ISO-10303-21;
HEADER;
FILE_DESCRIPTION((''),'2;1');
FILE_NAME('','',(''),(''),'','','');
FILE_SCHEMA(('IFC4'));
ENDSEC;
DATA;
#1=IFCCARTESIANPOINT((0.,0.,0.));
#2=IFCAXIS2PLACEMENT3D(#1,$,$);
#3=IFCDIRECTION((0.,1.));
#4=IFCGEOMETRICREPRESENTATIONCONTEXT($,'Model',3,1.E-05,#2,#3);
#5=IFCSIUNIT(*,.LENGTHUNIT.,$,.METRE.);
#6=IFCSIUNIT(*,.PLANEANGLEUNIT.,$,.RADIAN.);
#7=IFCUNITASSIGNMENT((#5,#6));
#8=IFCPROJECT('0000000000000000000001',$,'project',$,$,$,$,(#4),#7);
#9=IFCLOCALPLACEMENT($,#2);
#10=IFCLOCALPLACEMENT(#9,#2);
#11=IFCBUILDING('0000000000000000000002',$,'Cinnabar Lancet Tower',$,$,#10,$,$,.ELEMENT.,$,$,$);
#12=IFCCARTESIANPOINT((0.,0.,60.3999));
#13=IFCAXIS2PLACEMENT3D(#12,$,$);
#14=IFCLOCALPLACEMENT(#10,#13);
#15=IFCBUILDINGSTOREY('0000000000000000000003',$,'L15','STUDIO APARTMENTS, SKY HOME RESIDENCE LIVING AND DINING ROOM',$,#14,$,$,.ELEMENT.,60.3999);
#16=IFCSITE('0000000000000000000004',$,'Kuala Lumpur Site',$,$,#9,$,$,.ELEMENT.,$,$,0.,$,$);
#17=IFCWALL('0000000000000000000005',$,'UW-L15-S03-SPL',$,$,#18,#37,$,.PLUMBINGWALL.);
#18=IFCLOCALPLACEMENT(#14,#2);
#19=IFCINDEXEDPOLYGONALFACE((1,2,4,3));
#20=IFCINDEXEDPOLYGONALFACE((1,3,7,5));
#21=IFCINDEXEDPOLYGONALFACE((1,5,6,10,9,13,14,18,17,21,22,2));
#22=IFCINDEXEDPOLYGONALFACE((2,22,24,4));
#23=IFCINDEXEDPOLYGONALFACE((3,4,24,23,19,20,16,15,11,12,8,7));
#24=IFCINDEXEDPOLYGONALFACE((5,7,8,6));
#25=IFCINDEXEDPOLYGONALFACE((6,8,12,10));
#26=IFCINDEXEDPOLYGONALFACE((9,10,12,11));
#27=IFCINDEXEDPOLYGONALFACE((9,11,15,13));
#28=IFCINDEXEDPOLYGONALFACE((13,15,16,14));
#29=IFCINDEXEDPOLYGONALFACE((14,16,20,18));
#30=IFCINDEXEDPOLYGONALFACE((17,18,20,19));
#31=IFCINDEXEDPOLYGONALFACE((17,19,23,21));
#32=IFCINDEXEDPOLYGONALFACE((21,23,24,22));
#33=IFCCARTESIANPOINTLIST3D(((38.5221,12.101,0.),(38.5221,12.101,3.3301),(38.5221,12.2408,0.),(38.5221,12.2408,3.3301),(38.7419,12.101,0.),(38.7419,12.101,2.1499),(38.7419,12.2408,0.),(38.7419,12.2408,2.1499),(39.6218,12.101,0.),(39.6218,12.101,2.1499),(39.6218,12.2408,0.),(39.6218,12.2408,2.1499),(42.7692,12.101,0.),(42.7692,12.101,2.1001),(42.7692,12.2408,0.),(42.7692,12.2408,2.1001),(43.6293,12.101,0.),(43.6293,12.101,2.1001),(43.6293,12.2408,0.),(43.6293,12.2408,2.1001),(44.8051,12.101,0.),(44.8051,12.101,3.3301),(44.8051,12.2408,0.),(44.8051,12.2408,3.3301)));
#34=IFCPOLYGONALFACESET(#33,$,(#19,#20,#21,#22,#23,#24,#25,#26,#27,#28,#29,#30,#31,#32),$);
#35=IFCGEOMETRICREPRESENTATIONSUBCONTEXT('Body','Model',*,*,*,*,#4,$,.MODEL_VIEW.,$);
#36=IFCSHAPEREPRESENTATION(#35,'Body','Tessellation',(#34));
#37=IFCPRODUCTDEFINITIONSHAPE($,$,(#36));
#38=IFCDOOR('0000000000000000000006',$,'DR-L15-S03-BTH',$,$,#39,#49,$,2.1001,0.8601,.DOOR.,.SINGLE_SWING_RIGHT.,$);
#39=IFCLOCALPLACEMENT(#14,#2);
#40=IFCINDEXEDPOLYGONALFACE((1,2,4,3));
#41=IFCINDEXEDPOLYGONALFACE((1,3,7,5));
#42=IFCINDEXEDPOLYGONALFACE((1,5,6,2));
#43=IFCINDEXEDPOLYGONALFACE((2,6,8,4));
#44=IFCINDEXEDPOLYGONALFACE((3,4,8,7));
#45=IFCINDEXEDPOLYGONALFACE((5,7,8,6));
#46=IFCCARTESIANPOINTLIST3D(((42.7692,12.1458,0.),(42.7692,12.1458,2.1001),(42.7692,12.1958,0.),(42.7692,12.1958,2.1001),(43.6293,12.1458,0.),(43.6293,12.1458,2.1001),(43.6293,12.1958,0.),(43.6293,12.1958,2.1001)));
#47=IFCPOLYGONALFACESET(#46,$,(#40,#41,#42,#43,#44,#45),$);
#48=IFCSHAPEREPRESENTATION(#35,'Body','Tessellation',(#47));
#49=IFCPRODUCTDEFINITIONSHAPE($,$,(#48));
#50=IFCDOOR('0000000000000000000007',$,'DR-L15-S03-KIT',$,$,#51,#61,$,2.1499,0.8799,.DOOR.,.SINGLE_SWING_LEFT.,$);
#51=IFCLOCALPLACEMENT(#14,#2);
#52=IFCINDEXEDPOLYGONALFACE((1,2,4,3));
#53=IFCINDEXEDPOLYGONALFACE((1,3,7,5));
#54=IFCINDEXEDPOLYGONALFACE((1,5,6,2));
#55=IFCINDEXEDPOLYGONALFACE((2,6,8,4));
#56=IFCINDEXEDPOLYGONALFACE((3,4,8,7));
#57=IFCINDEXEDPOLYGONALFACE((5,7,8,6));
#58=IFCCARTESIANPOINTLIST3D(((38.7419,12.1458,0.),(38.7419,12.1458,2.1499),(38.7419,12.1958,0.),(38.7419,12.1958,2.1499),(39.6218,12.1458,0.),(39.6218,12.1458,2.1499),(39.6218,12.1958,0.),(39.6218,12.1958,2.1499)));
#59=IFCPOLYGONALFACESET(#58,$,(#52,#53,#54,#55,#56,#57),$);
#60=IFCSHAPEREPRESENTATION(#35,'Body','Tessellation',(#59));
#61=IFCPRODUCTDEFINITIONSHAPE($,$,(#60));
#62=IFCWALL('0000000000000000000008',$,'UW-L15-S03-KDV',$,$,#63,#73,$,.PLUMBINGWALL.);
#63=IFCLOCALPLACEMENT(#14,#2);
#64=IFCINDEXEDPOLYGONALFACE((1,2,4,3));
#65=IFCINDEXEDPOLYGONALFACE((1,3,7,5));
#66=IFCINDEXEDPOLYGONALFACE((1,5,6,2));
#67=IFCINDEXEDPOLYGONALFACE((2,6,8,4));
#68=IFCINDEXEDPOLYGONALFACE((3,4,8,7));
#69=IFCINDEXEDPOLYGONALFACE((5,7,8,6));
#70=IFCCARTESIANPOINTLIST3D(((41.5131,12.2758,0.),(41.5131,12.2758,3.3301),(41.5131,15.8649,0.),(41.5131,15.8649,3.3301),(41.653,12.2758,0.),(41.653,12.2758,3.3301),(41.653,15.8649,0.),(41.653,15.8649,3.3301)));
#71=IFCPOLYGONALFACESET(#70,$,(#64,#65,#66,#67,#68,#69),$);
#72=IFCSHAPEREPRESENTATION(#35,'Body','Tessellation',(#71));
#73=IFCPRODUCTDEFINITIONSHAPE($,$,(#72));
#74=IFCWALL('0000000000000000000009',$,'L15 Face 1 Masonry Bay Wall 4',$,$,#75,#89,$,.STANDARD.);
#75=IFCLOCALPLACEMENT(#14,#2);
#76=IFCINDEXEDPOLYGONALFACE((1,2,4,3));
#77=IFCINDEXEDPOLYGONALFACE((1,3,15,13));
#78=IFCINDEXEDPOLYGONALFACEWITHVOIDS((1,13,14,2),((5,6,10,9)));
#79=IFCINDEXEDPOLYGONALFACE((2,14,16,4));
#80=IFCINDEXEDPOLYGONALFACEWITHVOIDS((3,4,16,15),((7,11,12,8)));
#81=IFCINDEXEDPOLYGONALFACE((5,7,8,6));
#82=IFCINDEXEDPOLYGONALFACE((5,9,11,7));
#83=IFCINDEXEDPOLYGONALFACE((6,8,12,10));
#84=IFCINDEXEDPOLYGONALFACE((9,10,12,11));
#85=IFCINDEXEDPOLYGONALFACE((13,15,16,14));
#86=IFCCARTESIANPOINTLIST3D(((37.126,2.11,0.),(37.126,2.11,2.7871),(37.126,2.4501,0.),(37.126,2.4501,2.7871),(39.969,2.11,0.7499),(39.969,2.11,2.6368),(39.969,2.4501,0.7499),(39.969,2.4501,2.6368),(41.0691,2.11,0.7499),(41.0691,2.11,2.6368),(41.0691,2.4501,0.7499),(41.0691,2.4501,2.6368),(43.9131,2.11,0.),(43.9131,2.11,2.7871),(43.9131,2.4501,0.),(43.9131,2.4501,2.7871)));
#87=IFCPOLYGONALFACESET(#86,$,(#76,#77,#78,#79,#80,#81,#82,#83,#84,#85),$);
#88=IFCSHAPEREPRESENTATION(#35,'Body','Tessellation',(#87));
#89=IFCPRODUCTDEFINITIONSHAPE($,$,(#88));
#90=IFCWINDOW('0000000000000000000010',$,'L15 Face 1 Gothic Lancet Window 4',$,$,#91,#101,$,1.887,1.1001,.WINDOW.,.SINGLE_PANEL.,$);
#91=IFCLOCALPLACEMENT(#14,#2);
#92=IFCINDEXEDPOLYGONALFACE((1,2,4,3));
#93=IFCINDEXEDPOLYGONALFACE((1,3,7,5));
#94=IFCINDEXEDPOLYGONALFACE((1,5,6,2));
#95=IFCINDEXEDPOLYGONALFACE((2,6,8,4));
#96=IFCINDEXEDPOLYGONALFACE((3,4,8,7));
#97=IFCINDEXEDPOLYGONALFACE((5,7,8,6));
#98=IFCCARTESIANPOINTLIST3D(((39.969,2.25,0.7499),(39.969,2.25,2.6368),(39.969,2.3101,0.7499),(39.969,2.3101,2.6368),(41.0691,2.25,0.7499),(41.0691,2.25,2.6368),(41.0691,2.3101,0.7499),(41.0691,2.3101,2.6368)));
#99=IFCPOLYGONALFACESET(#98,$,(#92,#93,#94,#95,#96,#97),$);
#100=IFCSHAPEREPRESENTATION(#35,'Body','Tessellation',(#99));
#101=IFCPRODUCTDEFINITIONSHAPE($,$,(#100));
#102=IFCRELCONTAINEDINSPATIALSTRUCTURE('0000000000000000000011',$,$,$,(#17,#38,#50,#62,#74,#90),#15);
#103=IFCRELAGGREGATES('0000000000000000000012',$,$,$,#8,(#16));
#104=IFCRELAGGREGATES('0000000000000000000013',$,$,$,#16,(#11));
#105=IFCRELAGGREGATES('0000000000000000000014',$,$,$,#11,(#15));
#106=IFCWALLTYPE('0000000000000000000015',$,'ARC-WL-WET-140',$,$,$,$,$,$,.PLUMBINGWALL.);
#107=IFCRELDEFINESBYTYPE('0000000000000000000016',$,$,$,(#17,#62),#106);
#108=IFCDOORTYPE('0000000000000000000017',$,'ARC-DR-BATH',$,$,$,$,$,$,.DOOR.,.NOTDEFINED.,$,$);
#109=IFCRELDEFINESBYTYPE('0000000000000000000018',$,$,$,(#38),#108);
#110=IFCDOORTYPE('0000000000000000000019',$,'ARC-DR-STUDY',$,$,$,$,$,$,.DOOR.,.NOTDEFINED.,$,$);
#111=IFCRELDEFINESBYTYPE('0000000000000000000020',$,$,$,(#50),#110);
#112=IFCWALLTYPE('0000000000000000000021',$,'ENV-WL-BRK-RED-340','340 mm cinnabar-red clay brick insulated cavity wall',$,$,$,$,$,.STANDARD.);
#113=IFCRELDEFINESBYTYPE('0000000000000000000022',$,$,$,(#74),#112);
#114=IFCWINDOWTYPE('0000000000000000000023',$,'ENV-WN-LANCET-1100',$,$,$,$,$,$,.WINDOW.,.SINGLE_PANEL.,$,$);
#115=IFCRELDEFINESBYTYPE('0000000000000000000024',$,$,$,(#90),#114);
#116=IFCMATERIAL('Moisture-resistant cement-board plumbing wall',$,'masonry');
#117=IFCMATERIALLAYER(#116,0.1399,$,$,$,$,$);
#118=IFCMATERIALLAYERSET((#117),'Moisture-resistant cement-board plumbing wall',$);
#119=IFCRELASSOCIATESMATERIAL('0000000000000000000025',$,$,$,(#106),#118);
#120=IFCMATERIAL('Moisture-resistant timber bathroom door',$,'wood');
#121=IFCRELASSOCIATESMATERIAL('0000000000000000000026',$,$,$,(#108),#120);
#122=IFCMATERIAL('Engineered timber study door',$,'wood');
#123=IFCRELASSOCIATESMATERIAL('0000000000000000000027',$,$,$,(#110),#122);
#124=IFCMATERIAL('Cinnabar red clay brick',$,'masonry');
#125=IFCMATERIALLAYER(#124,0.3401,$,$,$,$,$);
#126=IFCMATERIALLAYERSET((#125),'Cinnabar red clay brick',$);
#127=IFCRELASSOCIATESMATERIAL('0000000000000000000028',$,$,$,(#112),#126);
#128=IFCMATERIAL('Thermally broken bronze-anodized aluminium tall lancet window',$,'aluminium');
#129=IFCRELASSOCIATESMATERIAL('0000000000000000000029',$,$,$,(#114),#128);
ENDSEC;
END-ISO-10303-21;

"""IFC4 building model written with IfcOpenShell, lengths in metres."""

from ifc_helpers import new_model, si_unit, direction, frame, frame_2d, origin, place, context, subcontext, project, spatial, rectangle, extrude, material, layer, layer_set, type_object, element, fill, save


model = new_model("IFC4")

# Units and contexts
model_context = context("Model", 3, precision=1e-05, world=origin(), true_north=direction((0.0, 1.0)))
body_context = subcontext(model_context, "Body", "Model", "MODEL_VIEW")
ifc_project = project(units=[si_unit("LENGTHUNIT", "METRE"), si_unit("PLANEANGLEUNIT", "RADIAN")], contexts=[model_context])

# Site, building, storey
site_placement = place(None, origin())
site = spatial("IfcSite", under=ifc_project, at=site_placement, Name="Kuala Lumpur Site", CompositionType="ELEMENT", RefElevation=0.0)
building_placement = place(site_placement, origin())
building = spatial("IfcBuilding", under=site, at=building_placement, Name="Cinnabar Lancet Tower", CompositionType="ELEMENT")
storey_placement = place(building_placement, frame((0.0, 0.0, 60.3999)))
storey = spatial("IfcBuildingStorey", under=building, at=storey_placement, Name="L15", Description="STUDIO APARTMENTS, SKY HOME RESIDENCE LIVING AND DINING ROOM", CompositionType="ELEMENT", Elevation=60.3999)

# Shared definitions
ifc_material_1 = material(Name="Moisture-resistant cement-board plumbing wall", Category="masonry")
ifc_layer_1 = layer(ifc_material_1, 0.1399)
ifc_layer_set_1 = layer_set([ifc_layer_1], Name="Moisture-resistant cement-board plumbing wall")
wall_type_1 = type_object("IfcWallType", Name="ARC-WL-WET-140", PredefinedType="PLUMBINGWALL", material=ifc_layer_set_1)

# Wall, openings, doors
wall_1_placement = place(storey_placement, frame((38.522, 12.1709, 0.0), z_axis=(0.0, 0.0, 1.0), x_axis=(1.0, 0.0, 0.0)))
wall_1 = element("IfcWall", 1, at=wall_1_placement, inside=storey, type_object=wall_type_1, Name="UW-L15-S03-SPL", PredefinedType="PLUMBINGWALL", context=body_context, shape_type="SweptSolid", body=[
    extrude(rectangle(XDim=6.283, YDim=0.1399, at=frame_2d((3.1416, 0.0))), origin(), (0.0, 0.0, 1.0), 3.3301),
])
opening_1_placement = place(wall_1_placement, frame((4.2471, 0.0, 0.0)))
opening_1 = element("IfcOpeningElement", 2, at=opening_1_placement, cuts=wall_1, PredefinedType="OPENING", context=body_context, shape_type="SweptSolid", body=[
    extrude(rectangle(XDim=0.8601, YDim=2.1001, at=frame_2d((0.4302, 1.05))), frame((0.0, 0.0798, 0.0), z_axis=(0.0, -1.0, 0.0), x_axis=(1.0, 0.0, 0.0)), (0.0, 0.0, 1.0), 0.1599),
])
opening_2_placement = place(wall_1_placement, frame((0.22, 0.0, 0.0)))
opening_2 = element("IfcOpeningElement", 3, at=opening_2_placement, cuts=wall_1, PredefinedType="OPENING", context=body_context, shape_type="SweptSolid", body=[
    extrude(rectangle(XDim=0.8799, YDim=2.1499, at=frame_2d((0.4399, 1.075))), frame((0.0, 0.0798, 0.0), z_axis=(0.0, -1.0, 0.0), x_axis=(1.0, 0.0, 0.0)), (0.0, 0.0, 1.0), 0.1599),
])
ifc_material_2 = material(Name="Moisture-resistant timber bathroom door", Category="wood")
door_type_1 = type_object("IfcDoorType", Name="ARC-DR-BATH", OperationType="NOTDEFINED", PredefinedType="DOOR", material=ifc_material_2)
door_1_placement = place(opening_1_placement, origin())
door_1 = element("IfcDoor", 4, at=door_1_placement, inside=storey, type_object=door_type_1, Name="DR-L15-S03-BTH", OperationType="SINGLE_SWING_RIGHT", OverallHeight=2.1001, OverallWidth=0.8601, PredefinedType="DOOR", context=body_context, shape_type="SweptSolid", body=[
    extrude(rectangle(XDim=0.8601, YDim=2.1001, at=frame_2d((0.4302, 1.05))), frame((0.0, 0.0249, 0.0), z_axis=(0.0, -1.0, 0.0), x_axis=(1.0, 0.0, 0.0)), (0.0, 0.0, 1.0), 0.05),
])
fill(opening_1, door_1)
ifc_material_3 = material(Name="Engineered timber study door", Category="wood")
door_type_2 = type_object("IfcDoorType", Name="ARC-DR-STUDY", OperationType="NOTDEFINED", PredefinedType="DOOR", material=ifc_material_3)
door_2_placement = place(opening_2_placement, origin())
door_2 = element("IfcDoor", 5, at=door_2_placement, inside=storey, type_object=door_type_2, Name="DR-L15-S03-KIT", OperationType="SINGLE_SWING_LEFT", OverallHeight=2.1499, OverallWidth=0.8799, PredefinedType="DOOR", context=body_context, shape_type="SweptSolid", body=[
    extrude(rectangle(XDim=0.8799, YDim=2.1499, at=frame_2d((0.4399, 1.075))), frame((0.0, 0.0249, 0.0), z_axis=(0.0, -1.0, 0.0), x_axis=(1.0, 0.0, 0.0)), (0.0, 0.0, 1.0), 0.05),
])
fill(opening_2, door_2)

# Wall
wall_2_placement = place(storey_placement, frame((41.583, 12.2759, 0.0), z_axis=(0.0, 0.0, 1.0), x_axis=(0.0, 1.0, 0.0)))
element("IfcWall", 6, at=wall_2_placement, inside=storey, type_object=wall_type_1, Name="UW-L15-S03-KDV", PredefinedType="PLUMBINGWALL", context=body_context, shape_type="SweptSolid", body=[
    extrude(rectangle(XDim=3.5891, YDim=0.1399, at=frame_2d((1.7944, 0.0))), origin(), (0.0, 0.0, 1.0), 3.3301),
])

# Wall, opening, window
ifc_material_4 = material(Name="Cinnabar red clay brick", Category="masonry")
ifc_layer_2 = layer(ifc_material_4, 0.3401)
ifc_layer_set_2 = layer_set([ifc_layer_2], Name="Cinnabar red clay brick")
wall_type_2 = type_object("IfcWallType", Name="ENV-WL-BRK-RED-340", Description="340 mm cinnabar-red clay brick insulated cavity wall", PredefinedType="STANDARD", material=ifc_layer_set_2)
wall_3_placement = place(storey_placement, frame((37.126, 2.28, 0.0), z_axis=(0.0, 0.0, 1.0), x_axis=(1.0, 0.0, 0.0)))
wall_3 = element("IfcWall", 7, at=wall_3_placement, inside=storey, type_object=wall_type_2, Name="L15 Face 1 Masonry Bay Wall 4", PredefinedType="STANDARD", context=body_context, shape_type="SweptSolid", body=[
    extrude(rectangle(XDim=6.7871, YDim=0.3401, at=frame_2d((3.3936, 0.0))), origin(), (0.0, 0.0, 1.0), 2.7871),
])
opening_3_placement = place(wall_3_placement, frame((2.843, 0.0, 0.75)))
opening_3 = element("IfcOpeningElement", 8, at=opening_3_placement, cuts=wall_3, PredefinedType="OPENING", context=body_context, shape_type="SweptSolid", body=[
    extrude(rectangle(XDim=1.1001, YDim=1.887, at=frame_2d((0.55, 0.9434))), frame((0.0, 0.1799, 0.0), z_axis=(0.0, -1.0, 0.0), x_axis=(1.0, 0.0, 0.0)), (0.0, 0.0, 1.0), 0.3601),
])
ifc_material_5 = material(Name="Thermally broken bronze-anodized aluminium tall lancet window", Category="aluminium")
window_type = type_object("IfcWindowType", Name="ENV-WN-LANCET-1100", PartitioningType="SINGLE_PANEL", PredefinedType="WINDOW", material=ifc_material_5)
window_placement = place(opening_3_placement, origin())
window = element("IfcWindow", 9, at=window_placement, inside=storey, type_object=window_type, Name="L15 Face 1 Gothic Lancet Window 4", OverallHeight=1.887, OverallWidth=1.1001, PartitioningType="SINGLE_PANEL", PredefinedType="WINDOW", context=body_context, shape_type="SweptSolid", body=[
    extrude(rectangle(XDim=1.1001, YDim=1.887, at=frame_2d((0.55, 0.9434))), frame((0.0, 0.03, 0.0), z_axis=(0.0, -1.0, 0.0), x_axis=(1.0, 0.0, 0.0)), (0.0, 0.0, 1.0), 0.0601),
])
fill(opening_3, window)

save(model, "model.ifc")
